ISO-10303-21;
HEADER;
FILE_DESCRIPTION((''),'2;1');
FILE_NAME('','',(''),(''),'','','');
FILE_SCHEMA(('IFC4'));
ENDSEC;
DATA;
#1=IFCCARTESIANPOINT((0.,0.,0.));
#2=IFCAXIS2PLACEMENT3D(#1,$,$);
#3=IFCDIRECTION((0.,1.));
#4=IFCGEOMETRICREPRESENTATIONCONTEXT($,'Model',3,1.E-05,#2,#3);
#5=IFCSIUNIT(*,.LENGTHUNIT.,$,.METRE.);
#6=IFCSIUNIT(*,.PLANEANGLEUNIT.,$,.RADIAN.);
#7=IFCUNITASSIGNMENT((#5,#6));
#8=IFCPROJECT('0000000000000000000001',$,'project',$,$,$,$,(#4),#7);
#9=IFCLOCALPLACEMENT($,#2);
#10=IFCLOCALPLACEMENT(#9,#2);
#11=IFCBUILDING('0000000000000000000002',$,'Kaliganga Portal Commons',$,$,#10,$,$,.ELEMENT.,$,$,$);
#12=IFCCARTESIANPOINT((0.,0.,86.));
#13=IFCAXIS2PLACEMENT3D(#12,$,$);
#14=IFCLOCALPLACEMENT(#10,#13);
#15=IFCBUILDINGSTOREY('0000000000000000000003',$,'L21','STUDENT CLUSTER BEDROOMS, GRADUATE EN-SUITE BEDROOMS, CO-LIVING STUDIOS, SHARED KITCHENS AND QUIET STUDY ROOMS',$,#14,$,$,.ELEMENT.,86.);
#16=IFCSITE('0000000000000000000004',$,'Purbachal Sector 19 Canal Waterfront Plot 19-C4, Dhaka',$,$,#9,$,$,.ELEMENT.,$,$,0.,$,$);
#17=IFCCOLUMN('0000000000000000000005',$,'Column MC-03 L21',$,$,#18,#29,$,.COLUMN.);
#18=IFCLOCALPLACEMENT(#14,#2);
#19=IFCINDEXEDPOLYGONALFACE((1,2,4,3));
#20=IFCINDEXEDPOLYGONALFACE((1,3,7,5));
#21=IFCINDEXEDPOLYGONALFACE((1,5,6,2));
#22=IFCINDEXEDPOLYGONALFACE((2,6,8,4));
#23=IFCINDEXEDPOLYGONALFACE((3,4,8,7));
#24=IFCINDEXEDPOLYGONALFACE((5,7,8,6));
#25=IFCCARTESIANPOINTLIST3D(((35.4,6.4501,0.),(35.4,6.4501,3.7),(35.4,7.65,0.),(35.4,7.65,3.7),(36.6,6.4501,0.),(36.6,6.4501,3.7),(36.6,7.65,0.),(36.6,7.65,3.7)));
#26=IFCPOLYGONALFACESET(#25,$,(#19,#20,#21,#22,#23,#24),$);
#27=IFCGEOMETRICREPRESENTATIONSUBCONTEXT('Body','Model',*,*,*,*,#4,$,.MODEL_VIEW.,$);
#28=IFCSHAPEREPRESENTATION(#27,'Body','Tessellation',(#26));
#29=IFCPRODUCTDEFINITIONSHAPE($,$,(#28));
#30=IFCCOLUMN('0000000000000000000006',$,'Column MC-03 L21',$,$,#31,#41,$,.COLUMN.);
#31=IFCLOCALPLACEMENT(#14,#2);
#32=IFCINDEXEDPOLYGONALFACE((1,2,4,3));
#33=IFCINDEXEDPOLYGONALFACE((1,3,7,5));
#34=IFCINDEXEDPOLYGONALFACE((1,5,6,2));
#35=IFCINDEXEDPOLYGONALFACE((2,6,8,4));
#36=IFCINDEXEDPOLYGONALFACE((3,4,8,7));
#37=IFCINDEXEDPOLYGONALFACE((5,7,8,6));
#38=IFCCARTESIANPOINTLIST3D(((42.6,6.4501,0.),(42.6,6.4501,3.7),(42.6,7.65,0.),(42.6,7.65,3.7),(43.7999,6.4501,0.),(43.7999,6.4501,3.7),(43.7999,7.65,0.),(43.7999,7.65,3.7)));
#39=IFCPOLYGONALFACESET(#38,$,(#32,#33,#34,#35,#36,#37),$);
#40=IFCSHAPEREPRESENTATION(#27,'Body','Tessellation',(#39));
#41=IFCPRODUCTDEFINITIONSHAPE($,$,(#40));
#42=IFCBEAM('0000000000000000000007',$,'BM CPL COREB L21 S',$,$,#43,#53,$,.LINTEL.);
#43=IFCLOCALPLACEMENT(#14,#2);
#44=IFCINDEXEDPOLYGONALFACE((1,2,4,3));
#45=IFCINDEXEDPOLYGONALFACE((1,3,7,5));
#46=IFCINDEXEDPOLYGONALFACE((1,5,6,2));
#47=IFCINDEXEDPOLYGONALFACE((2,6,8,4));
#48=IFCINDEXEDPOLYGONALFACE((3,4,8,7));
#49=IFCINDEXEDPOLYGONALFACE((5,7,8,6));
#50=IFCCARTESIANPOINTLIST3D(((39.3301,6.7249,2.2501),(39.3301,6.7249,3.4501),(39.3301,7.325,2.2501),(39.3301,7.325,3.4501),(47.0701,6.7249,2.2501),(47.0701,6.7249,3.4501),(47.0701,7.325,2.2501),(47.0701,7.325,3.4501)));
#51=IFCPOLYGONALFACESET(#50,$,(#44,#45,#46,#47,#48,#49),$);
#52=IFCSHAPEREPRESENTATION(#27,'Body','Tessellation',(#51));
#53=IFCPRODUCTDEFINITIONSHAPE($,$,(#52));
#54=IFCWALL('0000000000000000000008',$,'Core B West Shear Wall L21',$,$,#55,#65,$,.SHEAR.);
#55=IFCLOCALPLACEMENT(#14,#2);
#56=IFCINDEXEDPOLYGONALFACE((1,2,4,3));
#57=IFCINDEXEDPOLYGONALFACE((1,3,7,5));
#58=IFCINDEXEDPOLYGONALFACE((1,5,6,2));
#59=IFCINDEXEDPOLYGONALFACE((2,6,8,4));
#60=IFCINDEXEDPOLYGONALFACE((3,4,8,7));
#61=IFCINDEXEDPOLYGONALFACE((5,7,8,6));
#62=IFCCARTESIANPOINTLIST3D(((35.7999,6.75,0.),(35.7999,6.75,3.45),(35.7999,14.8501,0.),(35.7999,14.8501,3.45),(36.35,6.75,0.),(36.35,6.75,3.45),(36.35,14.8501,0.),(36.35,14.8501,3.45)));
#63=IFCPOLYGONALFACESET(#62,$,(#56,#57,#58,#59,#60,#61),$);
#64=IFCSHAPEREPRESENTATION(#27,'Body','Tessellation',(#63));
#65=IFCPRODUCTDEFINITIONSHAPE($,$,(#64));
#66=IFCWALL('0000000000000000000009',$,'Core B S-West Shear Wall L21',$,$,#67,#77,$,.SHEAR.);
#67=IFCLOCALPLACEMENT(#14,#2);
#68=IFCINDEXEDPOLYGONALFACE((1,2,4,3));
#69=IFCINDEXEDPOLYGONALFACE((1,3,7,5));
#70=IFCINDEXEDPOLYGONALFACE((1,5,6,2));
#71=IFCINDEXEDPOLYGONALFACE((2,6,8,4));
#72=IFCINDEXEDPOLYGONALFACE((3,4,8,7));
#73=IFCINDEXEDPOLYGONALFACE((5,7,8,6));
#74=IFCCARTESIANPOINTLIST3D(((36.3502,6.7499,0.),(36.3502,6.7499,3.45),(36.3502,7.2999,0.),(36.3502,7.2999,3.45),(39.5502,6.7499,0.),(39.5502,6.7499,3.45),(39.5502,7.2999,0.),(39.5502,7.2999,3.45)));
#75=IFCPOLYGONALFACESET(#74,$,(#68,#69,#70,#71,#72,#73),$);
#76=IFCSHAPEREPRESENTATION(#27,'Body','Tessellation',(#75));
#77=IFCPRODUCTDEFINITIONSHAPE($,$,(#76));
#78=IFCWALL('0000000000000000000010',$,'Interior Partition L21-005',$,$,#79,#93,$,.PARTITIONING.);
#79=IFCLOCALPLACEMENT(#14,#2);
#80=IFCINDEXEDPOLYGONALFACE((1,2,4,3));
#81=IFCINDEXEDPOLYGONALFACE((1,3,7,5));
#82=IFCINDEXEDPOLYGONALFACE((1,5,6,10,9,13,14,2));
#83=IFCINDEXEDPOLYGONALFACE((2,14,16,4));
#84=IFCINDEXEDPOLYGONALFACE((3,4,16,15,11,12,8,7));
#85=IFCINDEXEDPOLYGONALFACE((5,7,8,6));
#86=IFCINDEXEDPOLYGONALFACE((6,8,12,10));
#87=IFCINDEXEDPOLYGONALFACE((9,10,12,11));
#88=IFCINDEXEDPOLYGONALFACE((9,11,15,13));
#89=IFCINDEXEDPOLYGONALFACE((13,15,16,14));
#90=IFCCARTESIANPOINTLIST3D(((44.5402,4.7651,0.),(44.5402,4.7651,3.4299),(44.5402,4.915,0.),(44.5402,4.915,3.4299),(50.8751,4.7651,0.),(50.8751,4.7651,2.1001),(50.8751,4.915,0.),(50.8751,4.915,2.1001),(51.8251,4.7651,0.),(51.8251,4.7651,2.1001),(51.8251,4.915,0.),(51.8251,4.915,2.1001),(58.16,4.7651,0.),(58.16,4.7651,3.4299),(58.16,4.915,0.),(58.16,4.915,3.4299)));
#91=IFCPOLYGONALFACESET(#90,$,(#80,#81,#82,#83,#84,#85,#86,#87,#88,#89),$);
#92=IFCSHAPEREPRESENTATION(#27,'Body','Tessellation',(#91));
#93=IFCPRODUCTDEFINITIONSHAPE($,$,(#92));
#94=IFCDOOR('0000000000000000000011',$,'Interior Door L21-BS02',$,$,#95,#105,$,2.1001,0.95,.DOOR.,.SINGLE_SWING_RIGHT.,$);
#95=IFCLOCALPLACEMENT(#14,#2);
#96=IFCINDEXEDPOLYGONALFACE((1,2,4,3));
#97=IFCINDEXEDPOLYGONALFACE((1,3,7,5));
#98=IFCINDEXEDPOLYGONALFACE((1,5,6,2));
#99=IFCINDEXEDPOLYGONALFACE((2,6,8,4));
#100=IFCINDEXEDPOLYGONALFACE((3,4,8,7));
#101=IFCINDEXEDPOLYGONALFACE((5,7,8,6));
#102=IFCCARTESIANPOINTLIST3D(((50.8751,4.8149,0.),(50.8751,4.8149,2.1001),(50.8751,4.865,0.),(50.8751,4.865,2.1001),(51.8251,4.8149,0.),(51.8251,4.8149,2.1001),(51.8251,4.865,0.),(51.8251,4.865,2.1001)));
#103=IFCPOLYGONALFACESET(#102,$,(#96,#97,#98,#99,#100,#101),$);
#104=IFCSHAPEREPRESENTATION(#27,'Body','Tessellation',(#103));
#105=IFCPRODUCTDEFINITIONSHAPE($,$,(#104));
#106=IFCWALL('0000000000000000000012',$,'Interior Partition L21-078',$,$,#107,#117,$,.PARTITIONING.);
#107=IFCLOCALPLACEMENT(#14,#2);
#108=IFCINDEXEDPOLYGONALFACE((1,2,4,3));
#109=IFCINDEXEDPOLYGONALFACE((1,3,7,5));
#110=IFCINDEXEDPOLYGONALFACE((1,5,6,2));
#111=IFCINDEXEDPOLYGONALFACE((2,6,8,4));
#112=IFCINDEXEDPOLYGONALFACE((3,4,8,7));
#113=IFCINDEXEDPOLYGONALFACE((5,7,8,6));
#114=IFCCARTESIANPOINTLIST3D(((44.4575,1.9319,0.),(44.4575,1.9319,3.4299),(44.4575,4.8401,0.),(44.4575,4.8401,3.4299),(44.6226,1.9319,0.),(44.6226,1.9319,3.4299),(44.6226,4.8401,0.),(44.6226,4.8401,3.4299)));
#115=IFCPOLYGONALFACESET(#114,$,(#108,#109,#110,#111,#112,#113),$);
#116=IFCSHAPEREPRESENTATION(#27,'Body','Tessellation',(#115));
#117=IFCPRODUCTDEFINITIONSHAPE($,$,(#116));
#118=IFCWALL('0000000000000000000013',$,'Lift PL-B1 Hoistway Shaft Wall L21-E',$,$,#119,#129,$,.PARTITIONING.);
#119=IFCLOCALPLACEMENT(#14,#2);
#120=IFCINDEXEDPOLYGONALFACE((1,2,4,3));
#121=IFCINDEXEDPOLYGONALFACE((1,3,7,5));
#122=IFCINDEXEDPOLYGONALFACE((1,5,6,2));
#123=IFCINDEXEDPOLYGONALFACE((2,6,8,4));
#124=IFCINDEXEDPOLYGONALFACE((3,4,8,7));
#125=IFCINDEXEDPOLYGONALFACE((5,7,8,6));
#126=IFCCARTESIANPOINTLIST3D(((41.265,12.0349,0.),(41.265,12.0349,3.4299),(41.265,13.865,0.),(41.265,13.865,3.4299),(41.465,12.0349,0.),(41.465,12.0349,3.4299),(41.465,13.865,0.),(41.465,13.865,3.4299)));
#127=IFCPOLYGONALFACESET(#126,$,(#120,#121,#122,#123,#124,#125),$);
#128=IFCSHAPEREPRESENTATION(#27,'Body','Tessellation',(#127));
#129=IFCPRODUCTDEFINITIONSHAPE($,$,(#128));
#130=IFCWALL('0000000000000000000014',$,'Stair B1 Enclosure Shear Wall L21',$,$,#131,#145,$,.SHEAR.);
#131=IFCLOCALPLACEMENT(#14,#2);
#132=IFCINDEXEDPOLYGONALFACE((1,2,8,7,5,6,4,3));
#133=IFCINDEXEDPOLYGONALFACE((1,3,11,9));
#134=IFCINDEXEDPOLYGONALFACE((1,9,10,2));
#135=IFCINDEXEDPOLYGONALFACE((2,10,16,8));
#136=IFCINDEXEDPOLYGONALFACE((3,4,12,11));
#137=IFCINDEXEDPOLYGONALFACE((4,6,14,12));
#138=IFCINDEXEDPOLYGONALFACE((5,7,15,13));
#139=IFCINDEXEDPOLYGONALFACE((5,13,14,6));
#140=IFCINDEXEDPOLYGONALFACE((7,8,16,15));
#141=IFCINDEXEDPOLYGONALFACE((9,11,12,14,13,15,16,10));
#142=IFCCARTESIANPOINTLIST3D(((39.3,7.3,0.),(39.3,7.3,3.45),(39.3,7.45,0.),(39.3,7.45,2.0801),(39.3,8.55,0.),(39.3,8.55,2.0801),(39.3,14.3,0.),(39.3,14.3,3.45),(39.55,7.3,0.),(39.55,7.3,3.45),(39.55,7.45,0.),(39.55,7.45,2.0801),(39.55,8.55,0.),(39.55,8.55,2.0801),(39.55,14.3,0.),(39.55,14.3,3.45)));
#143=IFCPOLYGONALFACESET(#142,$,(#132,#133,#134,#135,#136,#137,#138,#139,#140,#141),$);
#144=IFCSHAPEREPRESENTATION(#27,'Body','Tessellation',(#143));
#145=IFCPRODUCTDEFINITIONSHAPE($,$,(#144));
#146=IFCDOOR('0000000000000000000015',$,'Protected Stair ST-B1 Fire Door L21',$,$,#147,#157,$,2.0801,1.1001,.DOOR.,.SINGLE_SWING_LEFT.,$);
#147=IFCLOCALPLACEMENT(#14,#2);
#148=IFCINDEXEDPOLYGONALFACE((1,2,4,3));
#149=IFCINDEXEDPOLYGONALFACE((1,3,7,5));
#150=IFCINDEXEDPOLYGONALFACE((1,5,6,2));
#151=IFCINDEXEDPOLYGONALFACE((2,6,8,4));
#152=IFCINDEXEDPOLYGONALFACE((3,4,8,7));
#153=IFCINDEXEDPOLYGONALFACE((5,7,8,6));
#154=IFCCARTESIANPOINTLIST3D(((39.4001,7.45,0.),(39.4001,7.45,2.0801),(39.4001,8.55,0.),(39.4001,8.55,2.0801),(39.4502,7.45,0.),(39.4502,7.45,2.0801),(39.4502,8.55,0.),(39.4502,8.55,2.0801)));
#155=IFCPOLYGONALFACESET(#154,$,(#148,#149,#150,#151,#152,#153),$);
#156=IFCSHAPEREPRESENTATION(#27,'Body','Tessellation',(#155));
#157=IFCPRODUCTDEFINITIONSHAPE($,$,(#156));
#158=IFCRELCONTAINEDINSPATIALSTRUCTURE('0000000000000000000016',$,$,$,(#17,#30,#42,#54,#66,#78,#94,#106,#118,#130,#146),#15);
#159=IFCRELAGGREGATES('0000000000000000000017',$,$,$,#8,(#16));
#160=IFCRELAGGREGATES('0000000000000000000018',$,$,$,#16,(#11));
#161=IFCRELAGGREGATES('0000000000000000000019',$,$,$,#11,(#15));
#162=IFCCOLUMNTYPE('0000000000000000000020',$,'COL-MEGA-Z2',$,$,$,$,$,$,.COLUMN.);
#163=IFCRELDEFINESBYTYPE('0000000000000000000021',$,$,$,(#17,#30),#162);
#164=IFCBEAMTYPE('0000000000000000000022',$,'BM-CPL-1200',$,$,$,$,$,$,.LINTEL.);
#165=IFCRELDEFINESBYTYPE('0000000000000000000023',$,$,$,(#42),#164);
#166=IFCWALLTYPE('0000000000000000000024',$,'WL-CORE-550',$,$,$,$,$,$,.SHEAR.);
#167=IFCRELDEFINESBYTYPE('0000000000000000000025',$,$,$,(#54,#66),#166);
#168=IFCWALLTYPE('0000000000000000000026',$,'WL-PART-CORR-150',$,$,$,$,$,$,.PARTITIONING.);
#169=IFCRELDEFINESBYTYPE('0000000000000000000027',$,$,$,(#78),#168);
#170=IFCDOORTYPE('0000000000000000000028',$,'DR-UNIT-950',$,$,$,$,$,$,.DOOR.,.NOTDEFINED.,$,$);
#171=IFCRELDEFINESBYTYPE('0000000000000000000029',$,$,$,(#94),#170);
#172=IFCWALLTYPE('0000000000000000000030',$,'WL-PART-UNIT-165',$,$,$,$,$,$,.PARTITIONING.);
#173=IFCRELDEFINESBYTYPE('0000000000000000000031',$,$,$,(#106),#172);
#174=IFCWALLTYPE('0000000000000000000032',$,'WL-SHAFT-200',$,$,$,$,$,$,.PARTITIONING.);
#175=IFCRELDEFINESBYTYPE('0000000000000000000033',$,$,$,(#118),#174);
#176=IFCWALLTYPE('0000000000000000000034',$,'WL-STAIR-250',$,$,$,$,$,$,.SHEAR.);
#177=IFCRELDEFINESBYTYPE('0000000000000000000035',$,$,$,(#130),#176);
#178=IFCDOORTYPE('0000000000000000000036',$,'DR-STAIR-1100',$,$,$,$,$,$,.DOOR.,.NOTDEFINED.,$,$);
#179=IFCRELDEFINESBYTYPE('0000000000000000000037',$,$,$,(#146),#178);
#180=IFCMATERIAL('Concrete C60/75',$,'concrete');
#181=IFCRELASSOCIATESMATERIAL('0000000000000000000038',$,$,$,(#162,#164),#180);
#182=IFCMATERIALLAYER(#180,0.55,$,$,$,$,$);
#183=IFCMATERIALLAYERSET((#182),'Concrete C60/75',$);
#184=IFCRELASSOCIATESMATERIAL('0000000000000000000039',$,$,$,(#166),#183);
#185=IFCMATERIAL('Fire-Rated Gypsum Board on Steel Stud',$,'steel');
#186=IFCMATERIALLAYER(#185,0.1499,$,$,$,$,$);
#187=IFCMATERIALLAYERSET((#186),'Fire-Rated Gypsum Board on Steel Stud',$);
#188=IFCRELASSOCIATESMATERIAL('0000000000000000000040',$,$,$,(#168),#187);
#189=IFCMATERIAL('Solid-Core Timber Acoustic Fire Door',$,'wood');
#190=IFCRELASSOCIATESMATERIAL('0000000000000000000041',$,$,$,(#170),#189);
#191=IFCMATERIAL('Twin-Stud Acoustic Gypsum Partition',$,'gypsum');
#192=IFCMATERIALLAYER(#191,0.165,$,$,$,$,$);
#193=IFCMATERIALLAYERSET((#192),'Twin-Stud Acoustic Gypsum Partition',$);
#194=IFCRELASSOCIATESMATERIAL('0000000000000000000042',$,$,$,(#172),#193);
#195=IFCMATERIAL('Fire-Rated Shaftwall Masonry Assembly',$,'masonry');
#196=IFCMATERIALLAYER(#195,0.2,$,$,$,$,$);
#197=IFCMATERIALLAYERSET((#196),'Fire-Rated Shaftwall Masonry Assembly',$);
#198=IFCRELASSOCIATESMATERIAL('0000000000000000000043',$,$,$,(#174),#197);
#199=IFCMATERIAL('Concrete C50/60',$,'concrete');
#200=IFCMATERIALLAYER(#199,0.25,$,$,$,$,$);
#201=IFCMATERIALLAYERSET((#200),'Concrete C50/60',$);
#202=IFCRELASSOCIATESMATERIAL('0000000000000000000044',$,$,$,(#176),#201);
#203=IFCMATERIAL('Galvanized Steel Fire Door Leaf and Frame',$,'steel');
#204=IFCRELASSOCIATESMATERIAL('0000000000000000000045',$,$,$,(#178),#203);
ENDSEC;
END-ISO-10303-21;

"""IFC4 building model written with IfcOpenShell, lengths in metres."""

from ifc_helpers import new_model, si_unit, direction, frame, frame_2d, origin, origin_2d, place, context, subcontext, project, spatial, rectangle, extrude, source, transform, mapped, material, layer, layer_set, material_profile, profile_set, type_object, element, fill, save


model = new_model("IFC4")

# Units and contexts
model_context = context("Model", 3, precision=1e-05, world=origin(), true_north=direction((0.0, 1.0)))
body_context = subcontext(model_context, "Body", "Model", "MODEL_VIEW")
ifc_project = project(units=[si_unit("LENGTHUNIT", "METRE"), si_unit("PLANEANGLEUNIT", "RADIAN")], contexts=[model_context])

# Site, building, storey
site_placement = place(None, origin())
site = spatial("IfcSite", under=ifc_project, at=site_placement, Name="Purbachal Sector 19 Canal Waterfront Plot 19-C4, Dhaka", CompositionType="ELEMENT", RefElevation=0.0)
building_placement = place(site_placement, origin())
building = spatial("IfcBuilding", under=site, at=building_placement, Name="Kaliganga Portal Commons", CompositionType="ELEMENT")
storey_placement = place(building_placement, frame((0.0, 0.0, 86.0)))
storey = spatial("IfcBuildingStorey", under=building, at=storey_placement, Name="L21", Description="STUDENT CLUSTER BEDROOMS, GRADUATE EN-SUITE BEDROOMS, CO-LIVING STUDIOS, SHARED KITCHENS AND QUIET STUDY ROOMS", CompositionType="ELEMENT", Elevation=86.0)

# Columns
ifc_material_1 = material(Name="Concrete C60/75", Category="concrete")
ifc_material_profile_1 = material_profile(ifc_material_1, rectangle(XDim=1.2, YDim=1.2, at=origin_2d()), Name="RC 1200x1200")
ifc_profile_set_1 = profile_set([ifc_material_profile_1], Name="Concrete C60/75")
column_type = type_object("IfcColumnType", Name="COL-MEGA-Z2", PredefinedType="COLUMN", material=ifc_profile_set_1)
shared_shape_1 = source(origin(), body_context, "Body", "SweptSolid", [
    extrude(rectangle(XDim=1.2, YDim=1.2, at=origin_2d()), origin(), (0.0, 0.0, 1.0), 3.7),
])
for number, where, z_axis, x_axis, name in (
    (1, (36.0, 7.05, 0.0), (0.0, 0.0, 1.0), (1.0, 0.0, 0.0), "Column MC-03 L21"),
    (2, (43.2, 7.05, 0.0), (0.0, 0.0, 1.0), (1.0, 0.0, 0.0), "Column MC-03 L21"),
):
    element("IfcColumn", number, at=place(storey_placement, frame(where, z_axis=z_axis, x_axis=x_axis)), inside=storey, type_object=column_type, Name=name, PredefinedType="COLUMN", context=body_context, shape_type="MappedRepresentation", body=[
        mapped(shared_shape_1, transform((0.0, 0.0, 0.0), x_axis=(1.0, 0.0, 0.0), y_axis=(0.0, 1.0, 0.0), z_axis=(0.0, 0.0, 1.0), scale=1.0)),
    ])

# Beam
ifc_material_profile_2 = material_profile(ifc_material_1, rectangle(XDim=0.6001, YDim=1.2, at=origin_2d()), Name="RC 600x1200")
ifc_profile_set_2 = profile_set([ifc_material_profile_2], Name="Concrete C60/75")
beam_type = type_object("IfcBeamType", Name="BM-CPL-1200", PredefinedType="LINTEL", material=ifc_profile_set_2)
shared_shape_2 = source(origin(), body_context, "Body", "SweptSolid", [
    extrude(rectangle(XDim=0.6001, YDim=1.2, at=origin_2d()), origin(), (0.0, 0.0, 1.0), 7.74),
])
beam_placement = place(storey_placement, frame((39.3301, 7.0249, 2.8501), z_axis=(1.0, 0.0, 0.0), x_axis=(0.0, 1.0, 0.0)))
element("IfcBeam", 3, at=beam_placement, inside=storey, type_object=beam_type, Name="BM CPL COREB L21 S", PredefinedType="LINTEL", context=body_context, shape_type="MappedRepresentation", body=[
    mapped(shared_shape_2, transform((0.0, 0.0, 0.0), x_axis=(1.0, 0.0, 0.0), y_axis=(0.0, 1.0, 0.0), z_axis=(0.0, 0.0, 1.0), scale=1.0)),
])

# Walls
ifc_layer_1 = layer(ifc_material_1, 0.55)
ifc_layer_set_1 = layer_set([ifc_layer_1], Name="Concrete C60/75")
wall_type_1 = type_object("IfcWallType", Name="WL-CORE-550", PredefinedType="SHEAR", material=ifc_layer_set_1)
wall_1_placement = place(storey_placement, frame((36.075, 6.75, 0.0), z_axis=(0.0, 0.0, 1.0), x_axis=(0.0, 1.0, 0.0)))
element("IfcWall", 4, at=wall_1_placement, inside=storey, type_object=wall_type_1, Name="Core B West Shear Wall L21", PredefinedType="SHEAR", context=body_context, shape_type="SweptSolid", body=[
    extrude(rectangle(XDim=8.1001, YDim=0.55, at=frame_2d((4.05, 0.0))), origin(), (0.0, 0.0, 1.0), 3.45),
])
wall_2_placement = place(storey_placement, frame((36.3501, 7.0249, 0.0), z_axis=(0.0, 0.0, 1.0), x_axis=(1.0, 0.0, 0.0)))
element("IfcWall", 5, at=wall_2_placement, inside=storey, type_object=wall_type_1, Name="Core B S-West Shear Wall L21", PredefinedType="SHEAR", context=body_context, shape_type="SweptSolid", body=[
    extrude(rectangle(XDim=3.2, YDim=0.55, at=frame_2d((1.6001, 0.0))), origin(), (0.0, 0.0, 1.0), 3.45),
])

# Wall, opening, door
ifc_material_2 = material(Name="Fire-Rated Gypsum Board on Steel Stud", Category="steel")
ifc_layer_2 = layer(ifc_material_2, 0.1499)
ifc_layer_set_2 = layer_set([ifc_layer_2], Name="Fire-Rated Gypsum Board on Steel Stud")
wall_type_2 = type_object("IfcWallType", Name="WL-PART-CORR-150", PredefinedType="PARTITIONING", material=ifc_layer_set_2)
wall_3_placement = place(storey_placement, frame((44.54, 4.8401, 0.0), z_axis=(0.0, 0.0, 1.0), x_axis=(1.0, 0.0, 0.0)))
wall_3 = element("IfcWall", 6, at=wall_3_placement, inside=storey, type_object=wall_type_2, Name="Interior Partition L21-005", PredefinedType="PARTITIONING", context=body_context, shape_type="SweptSolid", body=[
    extrude(rectangle(XDim=13.6199, YDim=0.1499, at=frame_2d((6.8101, 0.0))), origin(), (0.0, 0.0, 1.0), 3.4299),
])
opening_1_placement = place(wall_3_placement, frame((6.335, 0.0, 0.0)))
opening_1 = element("IfcOpeningElement", 7, at=opening_1_placement, cuts=wall_3, PredefinedType="OPENING", context=body_context, shape_type="SweptSolid", body=[
    extrude(rectangle(XDim=0.95, YDim=2.1001, at=frame_2d((0.4751, 1.05))), frame((0.0, 0.085, 0.0), z_axis=(0.0, -1.0, 0.0), x_axis=(1.0, 0.0, 0.0)), (0.0, 0.0, 1.0), 0.1699),
])
ifc_material_3 = material(Name="Solid-Core Timber Acoustic Fire Door", Category="wood")
door_type_1 = type_object("IfcDoorType", Name="DR-UNIT-950", OperationType="NOTDEFINED", PredefinedType="DOOR", material=ifc_material_3)
door_1_placement = place(opening_1_placement, origin())
door_1 = element("IfcDoor", 8, at=door_1_placement, inside=storey, type_object=door_type_1, Name="Interior Door L21-BS02", OperationType="SINGLE_SWING_RIGHT", OverallHeight=2.1001, OverallWidth=0.95, PredefinedType="DOOR", context=body_context, shape_type="SweptSolid", body=[
    extrude(rectangle(XDim=0.95, YDim=2.1001, at=frame_2d((0.4751, 1.05))), frame((0.0, 0.0249, 0.0), z_axis=(0.0, -1.0, 0.0), x_axis=(1.0, 0.0, 0.0)), (0.0, 0.0, 1.0), 0.05),
])
fill(opening_1, door_1)

# Wall
ifc_material_4 = material(Name="Twin-Stud Acoustic Gypsum Partition", Category="gypsum")
ifc_layer_3 = layer(ifc_material_4, 0.165)
ifc_layer_set_3 = layer_set([ifc_layer_3], Name="Twin-Stud Acoustic Gypsum Partition")
wall_type_3 = type_object("IfcWallType", Name="WL-PART-UNIT-165", PredefinedType="PARTITIONING", material=ifc_layer_set_3)
wall_4_placement = place(storey_placement, frame((44.54, 1.9319, 0.0), z_axis=(0.0, 0.0, 1.0), x_axis=(0.0, 1.0, 0.0)))
element("IfcWall", 9, at=wall_4_placement, inside=storey, type_object=wall_type_3, Name="Interior Partition L21-078", PredefinedType="PARTITIONING", context=body_context, shape_type="SweptSolid", body=[
    extrude(rectangle(XDim=2.9082, YDim=0.165, at=frame_2d((1.4541, 0.0))), origin(), (0.0, 0.0, 1.0), 3.4299),
])

# Shared definitions
ifc_material_5 = material(Name="Fire-Rated Shaftwall Masonry Assembly", Category="masonry")
ifc_layer_4 = layer(ifc_material_5, 0.2)
ifc_layer_set_4 = layer_set([ifc_layer_4], Name="Fire-Rated Shaftwall Masonry Assembly")
wall_type_4 = type_object("IfcWallType", Name="WL-SHAFT-200", PredefinedType="PARTITIONING", material=ifc_layer_set_4)

# Wall
wall_5_placement = place(storey_placement, frame((41.365, 12.0349, 0.0), z_axis=(0.0, 0.0, 1.0), x_axis=(0.0, 1.0, 0.0)))
element("IfcWall", 10, at=wall_5_placement, inside=storey, type_object=wall_type_4, Name="Lift PL-B1 Hoistway Shaft Wall L21-E", PredefinedType="PARTITIONING", context=body_context, shape_type="SweptSolid", body=[
    extrude(rectangle(XDim=1.8301, YDim=0.2, at=frame_2d((0.915, 0.0))), origin(), (0.0, 0.0, 1.0), 3.4299),
])

# Wall, opening, door
ifc_material_6 = material(Name="Concrete C50/60", Category="concrete")
ifc_layer_5 = layer(ifc_material_6, 0.25)
ifc_layer_set_5 = layer_set([ifc_layer_5], Name="Concrete C50/60")
wall_type_5 = type_object("IfcWallType", Name="WL-STAIR-250", PredefinedType="SHEAR", material=ifc_layer_set_5)
wall_6_placement = place(storey_placement, frame((39.425, 7.3, 0.0), z_axis=(0.0, 0.0, 1.0), x_axis=(0.0, 1.0, 0.0)))
wall_6 = element("IfcWall", 11, at=wall_6_placement, inside=storey, type_object=wall_type_5, Name="Stair B1 Enclosure Shear Wall L21", PredefinedType="SHEAR", context=body_context, shape_type="SweptSolid", body=[
    extrude(rectangle(XDim=7.0, YDim=0.25, at=frame_2d((3.5, 0.0))), origin(), (0.0, 0.0, 1.0), 3.45),
])
opening_2_placement = place(wall_6_placement, frame((0.1499, 0.0, 0.0)))
opening_2 = element("IfcOpeningElement", 12, at=opening_2_placement, cuts=wall_6, PredefinedType="OPENING", context=body_context, shape_type="SweptSolid", body=[
    extrude(rectangle(XDim=1.1001, YDim=2.0801, at=frame_2d((0.55, 1.04))), frame((0.0, 0.135, 0.0), z_axis=(0.0, -1.0, 0.0), x_axis=(1.0, 0.0, 0.0)), (0.0, 0.0, 1.0), 0.27),
])
ifc_material_7 = material(Name="Galvanized Steel Fire Door Leaf and Frame", Category="steel")
door_type_2 = type_object("IfcDoorType", Name="DR-STAIR-1100", OperationType="NOTDEFINED", PredefinedType="DOOR", material=ifc_material_7)
door_2_placement = place(opening_2_placement, origin())
door_2 = element("IfcDoor", 13, at=door_2_placement, inside=storey, type_object=door_type_2, Name="Protected Stair ST-B1 Fire Door L21", OperationType="SINGLE_SWING_LEFT", OverallHeight=2.0801, OverallWidth=1.1001, PredefinedType="DOOR", context=body_context, shape_type="SweptSolid", body=[
    extrude(rectangle(XDim=1.1001, YDim=2.0801, at=frame_2d((0.55, 1.04))), frame((0.0, 0.0249, 0.0), z_axis=(0.0, -1.0, 0.0), x_axis=(1.0, 0.0, 0.0)), (0.0, 0.0, 1.0), 0.05),
])
fill(opening_2, door_2)

save(model, "model.ifc")
